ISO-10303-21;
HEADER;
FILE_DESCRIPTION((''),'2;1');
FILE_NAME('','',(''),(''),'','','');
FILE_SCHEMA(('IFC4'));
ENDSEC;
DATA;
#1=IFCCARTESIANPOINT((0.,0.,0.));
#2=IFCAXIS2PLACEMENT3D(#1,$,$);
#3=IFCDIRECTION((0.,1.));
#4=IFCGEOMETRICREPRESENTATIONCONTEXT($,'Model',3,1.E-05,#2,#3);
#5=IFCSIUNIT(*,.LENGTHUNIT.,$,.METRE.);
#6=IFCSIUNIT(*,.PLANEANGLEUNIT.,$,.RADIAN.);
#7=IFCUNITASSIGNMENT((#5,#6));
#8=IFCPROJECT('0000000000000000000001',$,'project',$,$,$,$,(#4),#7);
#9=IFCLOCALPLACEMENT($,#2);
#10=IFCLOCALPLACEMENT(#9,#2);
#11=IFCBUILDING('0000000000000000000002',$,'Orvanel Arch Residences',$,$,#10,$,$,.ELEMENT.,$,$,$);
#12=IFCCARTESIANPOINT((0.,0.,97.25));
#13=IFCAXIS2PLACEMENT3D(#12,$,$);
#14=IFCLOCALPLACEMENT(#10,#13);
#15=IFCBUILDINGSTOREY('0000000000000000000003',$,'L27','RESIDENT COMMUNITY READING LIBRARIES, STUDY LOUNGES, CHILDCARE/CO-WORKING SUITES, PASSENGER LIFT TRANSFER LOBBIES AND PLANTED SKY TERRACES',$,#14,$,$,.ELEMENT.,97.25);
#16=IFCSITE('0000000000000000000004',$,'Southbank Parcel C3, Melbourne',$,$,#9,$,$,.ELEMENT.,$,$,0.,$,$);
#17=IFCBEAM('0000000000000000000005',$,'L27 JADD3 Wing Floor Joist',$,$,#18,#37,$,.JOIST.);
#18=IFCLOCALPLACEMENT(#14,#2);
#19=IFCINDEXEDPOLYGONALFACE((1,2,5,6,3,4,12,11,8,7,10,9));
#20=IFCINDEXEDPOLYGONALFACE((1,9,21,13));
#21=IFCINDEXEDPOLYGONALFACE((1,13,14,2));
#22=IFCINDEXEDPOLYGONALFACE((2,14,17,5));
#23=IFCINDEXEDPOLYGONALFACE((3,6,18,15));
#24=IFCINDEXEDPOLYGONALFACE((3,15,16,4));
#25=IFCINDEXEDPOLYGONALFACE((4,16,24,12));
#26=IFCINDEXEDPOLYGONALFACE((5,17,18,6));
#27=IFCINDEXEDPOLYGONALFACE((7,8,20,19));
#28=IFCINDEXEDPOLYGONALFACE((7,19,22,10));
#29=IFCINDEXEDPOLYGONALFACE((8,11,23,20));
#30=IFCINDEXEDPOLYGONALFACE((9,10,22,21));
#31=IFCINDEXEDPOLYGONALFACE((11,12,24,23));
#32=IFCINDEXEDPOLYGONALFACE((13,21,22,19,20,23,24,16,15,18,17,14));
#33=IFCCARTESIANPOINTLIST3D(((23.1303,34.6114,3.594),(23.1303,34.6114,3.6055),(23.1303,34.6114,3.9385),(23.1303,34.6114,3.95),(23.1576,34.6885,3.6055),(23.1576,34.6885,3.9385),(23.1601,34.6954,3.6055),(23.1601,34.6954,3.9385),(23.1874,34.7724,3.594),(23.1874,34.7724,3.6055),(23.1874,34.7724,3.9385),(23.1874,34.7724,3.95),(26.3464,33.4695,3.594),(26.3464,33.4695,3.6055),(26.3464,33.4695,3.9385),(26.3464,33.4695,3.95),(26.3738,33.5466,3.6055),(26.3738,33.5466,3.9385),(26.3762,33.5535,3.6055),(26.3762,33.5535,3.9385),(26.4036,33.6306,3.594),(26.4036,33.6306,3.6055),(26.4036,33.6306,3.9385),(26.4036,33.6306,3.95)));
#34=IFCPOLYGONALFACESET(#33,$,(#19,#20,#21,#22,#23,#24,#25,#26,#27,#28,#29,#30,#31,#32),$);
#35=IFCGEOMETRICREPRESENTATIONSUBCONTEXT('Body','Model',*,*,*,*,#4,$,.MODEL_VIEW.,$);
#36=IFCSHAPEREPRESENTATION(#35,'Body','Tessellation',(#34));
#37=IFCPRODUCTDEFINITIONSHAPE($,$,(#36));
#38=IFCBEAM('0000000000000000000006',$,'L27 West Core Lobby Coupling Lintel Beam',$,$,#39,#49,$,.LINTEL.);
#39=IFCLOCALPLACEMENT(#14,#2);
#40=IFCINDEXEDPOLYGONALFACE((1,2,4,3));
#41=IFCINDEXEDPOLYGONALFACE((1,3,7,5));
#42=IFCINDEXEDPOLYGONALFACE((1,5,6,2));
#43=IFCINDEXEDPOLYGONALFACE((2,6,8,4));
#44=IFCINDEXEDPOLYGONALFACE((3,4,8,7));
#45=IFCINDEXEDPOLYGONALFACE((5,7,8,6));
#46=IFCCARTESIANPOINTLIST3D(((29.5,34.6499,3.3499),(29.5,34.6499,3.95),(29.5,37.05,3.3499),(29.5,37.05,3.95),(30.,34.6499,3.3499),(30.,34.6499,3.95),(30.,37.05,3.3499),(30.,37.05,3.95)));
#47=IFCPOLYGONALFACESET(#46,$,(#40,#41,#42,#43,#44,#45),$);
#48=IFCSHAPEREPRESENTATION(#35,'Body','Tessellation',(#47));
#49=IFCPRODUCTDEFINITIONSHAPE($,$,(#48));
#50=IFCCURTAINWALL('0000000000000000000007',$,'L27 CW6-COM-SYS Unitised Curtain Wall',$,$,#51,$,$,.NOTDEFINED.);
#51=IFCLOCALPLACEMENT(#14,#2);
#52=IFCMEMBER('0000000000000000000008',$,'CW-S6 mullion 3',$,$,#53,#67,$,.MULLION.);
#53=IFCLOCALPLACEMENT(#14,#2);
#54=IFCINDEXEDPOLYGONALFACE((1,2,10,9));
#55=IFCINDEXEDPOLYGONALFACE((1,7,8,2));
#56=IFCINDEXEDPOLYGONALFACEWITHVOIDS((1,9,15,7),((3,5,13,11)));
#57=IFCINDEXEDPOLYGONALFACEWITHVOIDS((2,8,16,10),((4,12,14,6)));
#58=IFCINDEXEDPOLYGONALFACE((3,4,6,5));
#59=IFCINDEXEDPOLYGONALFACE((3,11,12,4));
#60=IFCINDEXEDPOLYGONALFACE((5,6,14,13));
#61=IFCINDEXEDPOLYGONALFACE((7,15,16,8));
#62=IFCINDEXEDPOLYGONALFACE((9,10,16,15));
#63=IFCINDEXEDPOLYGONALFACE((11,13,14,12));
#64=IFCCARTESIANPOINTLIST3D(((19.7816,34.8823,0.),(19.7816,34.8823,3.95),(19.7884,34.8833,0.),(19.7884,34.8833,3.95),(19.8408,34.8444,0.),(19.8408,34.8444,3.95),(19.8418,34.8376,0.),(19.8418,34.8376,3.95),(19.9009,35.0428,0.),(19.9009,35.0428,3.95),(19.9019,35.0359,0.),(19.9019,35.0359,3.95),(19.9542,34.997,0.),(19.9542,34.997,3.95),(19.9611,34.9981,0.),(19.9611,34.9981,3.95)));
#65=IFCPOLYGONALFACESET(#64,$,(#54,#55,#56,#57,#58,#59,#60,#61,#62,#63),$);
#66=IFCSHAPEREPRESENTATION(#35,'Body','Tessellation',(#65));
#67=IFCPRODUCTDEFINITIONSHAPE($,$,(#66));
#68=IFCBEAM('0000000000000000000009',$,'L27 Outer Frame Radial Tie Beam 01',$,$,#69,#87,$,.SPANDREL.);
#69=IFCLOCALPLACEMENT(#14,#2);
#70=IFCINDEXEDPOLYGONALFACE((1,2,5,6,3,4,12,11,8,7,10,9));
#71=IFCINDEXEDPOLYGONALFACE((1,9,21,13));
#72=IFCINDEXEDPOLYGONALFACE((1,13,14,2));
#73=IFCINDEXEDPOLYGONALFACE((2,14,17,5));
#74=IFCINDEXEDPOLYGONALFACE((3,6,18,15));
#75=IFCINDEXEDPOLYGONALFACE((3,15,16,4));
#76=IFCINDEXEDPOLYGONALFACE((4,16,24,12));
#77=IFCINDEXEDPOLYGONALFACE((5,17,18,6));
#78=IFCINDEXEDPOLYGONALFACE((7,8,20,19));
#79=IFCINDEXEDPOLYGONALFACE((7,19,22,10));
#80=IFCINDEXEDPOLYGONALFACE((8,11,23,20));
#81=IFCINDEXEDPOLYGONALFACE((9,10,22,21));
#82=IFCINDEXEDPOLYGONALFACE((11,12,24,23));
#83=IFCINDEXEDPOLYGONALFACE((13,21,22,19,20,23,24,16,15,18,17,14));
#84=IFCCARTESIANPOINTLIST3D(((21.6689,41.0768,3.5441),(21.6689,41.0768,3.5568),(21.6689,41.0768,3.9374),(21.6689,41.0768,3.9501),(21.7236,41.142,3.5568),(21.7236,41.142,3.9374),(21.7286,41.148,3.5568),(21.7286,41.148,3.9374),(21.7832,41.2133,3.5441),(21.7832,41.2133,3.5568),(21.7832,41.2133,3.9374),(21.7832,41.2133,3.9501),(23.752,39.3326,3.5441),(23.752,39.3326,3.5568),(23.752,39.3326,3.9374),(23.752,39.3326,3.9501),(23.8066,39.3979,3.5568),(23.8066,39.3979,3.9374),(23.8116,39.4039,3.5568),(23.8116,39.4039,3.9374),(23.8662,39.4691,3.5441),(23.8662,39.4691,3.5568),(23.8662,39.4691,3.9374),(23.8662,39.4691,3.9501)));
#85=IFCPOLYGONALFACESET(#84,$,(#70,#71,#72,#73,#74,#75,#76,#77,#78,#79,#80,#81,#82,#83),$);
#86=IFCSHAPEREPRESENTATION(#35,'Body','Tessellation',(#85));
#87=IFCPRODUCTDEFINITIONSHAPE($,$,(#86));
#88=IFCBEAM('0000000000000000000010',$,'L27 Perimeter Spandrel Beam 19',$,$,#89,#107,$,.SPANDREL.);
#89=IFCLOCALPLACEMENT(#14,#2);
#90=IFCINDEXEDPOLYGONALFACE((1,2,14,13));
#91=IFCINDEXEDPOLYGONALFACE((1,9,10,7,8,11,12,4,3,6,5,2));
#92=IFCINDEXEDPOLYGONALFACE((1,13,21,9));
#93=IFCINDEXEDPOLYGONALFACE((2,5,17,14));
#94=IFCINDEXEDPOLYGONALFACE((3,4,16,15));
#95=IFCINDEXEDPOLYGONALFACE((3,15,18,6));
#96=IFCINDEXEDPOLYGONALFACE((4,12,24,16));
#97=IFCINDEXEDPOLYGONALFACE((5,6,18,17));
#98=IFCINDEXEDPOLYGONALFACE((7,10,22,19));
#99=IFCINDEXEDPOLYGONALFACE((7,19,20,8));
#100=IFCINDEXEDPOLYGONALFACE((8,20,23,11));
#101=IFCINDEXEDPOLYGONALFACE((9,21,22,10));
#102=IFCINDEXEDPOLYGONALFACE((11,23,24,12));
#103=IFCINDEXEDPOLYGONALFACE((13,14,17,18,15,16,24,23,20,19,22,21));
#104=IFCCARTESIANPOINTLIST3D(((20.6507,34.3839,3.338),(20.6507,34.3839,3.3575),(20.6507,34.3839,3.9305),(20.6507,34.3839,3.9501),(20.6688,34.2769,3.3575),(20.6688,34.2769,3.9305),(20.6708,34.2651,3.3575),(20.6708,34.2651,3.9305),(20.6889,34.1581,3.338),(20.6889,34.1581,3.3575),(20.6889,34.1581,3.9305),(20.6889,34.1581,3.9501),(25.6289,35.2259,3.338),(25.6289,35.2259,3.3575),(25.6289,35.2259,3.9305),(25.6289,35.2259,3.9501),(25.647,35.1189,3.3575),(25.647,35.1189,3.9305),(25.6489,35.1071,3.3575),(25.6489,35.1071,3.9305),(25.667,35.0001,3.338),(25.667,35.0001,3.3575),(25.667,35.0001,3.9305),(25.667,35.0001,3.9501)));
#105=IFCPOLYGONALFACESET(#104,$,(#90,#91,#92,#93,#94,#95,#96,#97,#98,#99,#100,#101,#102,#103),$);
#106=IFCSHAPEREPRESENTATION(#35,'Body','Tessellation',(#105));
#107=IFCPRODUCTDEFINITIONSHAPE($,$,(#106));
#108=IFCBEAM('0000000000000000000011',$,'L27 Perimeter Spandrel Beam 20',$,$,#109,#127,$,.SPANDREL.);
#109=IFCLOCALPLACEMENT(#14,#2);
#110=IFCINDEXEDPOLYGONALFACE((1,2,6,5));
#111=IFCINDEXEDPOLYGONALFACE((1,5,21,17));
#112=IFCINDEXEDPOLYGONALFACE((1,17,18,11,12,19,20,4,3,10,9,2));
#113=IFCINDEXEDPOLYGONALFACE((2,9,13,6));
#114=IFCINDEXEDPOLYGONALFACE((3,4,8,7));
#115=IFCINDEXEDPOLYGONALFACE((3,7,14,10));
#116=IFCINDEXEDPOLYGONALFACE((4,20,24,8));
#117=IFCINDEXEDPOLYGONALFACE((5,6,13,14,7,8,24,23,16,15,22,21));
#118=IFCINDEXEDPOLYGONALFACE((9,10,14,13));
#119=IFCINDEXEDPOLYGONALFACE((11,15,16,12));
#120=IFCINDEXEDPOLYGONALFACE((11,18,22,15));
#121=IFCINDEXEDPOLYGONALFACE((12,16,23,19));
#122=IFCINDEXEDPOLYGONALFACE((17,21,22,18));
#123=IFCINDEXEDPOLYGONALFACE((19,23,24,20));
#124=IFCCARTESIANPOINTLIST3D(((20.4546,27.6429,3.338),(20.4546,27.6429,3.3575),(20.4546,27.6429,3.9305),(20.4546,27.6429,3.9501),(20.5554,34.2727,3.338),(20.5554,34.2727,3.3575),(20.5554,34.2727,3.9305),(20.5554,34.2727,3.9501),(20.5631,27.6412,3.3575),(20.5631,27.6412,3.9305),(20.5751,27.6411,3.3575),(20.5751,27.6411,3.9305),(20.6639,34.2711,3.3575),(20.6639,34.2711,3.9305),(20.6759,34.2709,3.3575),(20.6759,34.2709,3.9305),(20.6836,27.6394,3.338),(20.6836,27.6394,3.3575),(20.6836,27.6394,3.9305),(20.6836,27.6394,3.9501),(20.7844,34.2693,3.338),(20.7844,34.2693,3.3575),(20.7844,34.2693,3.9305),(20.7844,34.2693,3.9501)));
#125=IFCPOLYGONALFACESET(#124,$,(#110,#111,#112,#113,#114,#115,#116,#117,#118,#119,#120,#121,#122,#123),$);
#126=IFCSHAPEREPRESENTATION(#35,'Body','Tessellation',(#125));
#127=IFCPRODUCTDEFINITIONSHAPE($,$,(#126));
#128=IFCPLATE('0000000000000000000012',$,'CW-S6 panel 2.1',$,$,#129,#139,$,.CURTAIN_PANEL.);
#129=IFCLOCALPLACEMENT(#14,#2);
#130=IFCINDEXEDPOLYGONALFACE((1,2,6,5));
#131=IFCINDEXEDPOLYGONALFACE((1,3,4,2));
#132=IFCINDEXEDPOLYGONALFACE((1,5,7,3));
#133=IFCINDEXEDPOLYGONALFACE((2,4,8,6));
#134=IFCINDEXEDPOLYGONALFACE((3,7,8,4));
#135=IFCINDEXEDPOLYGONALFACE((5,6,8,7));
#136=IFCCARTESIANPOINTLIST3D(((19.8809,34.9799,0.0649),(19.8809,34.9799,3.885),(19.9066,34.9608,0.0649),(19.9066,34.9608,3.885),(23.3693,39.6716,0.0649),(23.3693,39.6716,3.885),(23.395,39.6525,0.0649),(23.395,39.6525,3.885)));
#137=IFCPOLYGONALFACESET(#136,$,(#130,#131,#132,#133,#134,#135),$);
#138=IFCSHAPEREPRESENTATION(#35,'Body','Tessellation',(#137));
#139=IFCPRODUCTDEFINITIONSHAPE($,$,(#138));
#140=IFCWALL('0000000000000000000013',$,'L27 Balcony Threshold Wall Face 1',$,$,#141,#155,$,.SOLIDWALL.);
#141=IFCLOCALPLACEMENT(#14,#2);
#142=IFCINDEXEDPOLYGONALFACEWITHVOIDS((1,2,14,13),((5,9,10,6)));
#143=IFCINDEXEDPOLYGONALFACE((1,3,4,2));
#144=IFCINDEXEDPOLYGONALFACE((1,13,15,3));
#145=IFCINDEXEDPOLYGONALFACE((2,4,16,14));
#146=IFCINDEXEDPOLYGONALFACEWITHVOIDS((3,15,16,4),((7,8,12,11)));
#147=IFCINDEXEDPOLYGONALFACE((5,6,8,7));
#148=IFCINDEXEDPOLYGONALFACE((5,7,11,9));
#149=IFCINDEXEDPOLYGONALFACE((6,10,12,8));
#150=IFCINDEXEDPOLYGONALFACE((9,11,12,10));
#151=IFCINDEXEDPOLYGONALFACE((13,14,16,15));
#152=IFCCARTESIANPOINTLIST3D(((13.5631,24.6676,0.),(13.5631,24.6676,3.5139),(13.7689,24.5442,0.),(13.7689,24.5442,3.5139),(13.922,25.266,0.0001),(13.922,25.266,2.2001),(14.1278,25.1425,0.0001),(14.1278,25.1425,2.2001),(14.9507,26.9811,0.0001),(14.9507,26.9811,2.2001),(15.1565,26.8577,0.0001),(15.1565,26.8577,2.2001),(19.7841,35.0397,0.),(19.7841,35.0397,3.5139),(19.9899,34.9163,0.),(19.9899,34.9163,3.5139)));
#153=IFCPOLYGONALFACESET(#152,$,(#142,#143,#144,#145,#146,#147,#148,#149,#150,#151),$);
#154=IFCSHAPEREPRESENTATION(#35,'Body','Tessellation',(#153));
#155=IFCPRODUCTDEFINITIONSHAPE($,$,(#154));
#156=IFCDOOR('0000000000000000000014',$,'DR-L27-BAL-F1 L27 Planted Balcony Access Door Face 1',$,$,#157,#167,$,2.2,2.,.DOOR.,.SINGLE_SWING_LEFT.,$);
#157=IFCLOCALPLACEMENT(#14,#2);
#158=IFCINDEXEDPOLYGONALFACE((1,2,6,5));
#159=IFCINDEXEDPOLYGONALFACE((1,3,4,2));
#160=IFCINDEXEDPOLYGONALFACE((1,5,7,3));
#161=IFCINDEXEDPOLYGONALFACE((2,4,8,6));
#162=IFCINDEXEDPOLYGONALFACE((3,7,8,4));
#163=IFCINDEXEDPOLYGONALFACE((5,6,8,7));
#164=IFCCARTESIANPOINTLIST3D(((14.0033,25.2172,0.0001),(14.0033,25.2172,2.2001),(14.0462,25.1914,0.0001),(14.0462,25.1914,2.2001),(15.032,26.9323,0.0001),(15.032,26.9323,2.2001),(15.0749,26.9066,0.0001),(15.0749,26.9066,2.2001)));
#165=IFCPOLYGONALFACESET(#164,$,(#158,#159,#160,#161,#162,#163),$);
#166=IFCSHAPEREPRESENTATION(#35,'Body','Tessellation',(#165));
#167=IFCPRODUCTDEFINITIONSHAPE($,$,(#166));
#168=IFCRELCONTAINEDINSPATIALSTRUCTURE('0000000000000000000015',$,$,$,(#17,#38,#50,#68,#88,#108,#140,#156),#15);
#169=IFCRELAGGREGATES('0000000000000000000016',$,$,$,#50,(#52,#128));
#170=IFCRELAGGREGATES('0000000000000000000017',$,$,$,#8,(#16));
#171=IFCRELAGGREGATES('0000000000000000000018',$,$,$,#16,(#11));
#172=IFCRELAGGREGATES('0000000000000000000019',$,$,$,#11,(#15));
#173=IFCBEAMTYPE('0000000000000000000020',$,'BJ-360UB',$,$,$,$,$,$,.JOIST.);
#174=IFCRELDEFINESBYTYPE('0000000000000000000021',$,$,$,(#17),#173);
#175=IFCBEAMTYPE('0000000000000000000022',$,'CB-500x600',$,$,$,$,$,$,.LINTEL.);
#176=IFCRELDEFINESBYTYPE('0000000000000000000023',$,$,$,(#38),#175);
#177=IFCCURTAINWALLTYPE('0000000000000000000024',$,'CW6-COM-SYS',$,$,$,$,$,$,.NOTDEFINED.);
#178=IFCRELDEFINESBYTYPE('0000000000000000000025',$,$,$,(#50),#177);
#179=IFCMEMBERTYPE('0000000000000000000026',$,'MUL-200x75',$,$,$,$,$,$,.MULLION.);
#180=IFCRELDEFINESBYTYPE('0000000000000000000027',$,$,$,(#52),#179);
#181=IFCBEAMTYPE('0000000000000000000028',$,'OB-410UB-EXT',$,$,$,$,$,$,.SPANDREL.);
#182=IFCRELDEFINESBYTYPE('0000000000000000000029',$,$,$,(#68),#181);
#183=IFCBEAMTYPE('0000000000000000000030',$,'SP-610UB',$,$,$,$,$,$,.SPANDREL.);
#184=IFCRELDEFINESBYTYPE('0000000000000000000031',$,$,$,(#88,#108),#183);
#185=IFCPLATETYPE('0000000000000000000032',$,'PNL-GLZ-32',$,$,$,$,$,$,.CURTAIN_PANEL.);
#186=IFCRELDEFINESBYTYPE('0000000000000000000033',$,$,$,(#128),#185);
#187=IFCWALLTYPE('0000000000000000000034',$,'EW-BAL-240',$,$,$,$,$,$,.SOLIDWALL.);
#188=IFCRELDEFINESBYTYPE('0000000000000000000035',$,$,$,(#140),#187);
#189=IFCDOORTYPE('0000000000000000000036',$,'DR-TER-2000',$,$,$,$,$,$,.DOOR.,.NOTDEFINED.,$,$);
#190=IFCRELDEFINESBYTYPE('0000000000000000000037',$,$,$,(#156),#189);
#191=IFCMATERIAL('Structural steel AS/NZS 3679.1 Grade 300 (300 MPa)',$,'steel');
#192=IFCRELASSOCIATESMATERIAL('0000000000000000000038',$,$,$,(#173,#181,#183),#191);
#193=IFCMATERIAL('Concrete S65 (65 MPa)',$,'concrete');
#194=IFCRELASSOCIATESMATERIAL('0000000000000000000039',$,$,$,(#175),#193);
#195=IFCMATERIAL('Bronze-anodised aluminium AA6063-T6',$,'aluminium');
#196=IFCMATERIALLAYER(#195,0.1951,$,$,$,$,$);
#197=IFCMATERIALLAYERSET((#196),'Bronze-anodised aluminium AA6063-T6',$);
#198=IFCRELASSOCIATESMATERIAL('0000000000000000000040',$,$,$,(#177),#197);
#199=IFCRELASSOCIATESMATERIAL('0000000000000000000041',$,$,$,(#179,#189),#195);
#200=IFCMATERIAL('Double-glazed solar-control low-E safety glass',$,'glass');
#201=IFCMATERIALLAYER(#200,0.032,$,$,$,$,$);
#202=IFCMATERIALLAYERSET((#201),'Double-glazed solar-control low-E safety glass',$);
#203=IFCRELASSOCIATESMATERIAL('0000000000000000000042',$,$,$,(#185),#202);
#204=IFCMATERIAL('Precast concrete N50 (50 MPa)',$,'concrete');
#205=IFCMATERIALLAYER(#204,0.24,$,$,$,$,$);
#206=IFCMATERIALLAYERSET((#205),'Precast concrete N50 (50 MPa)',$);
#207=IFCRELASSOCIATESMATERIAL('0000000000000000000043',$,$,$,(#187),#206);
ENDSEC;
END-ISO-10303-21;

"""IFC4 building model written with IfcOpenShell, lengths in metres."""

from ifc_helpers import new_model, si_unit, direction, frame, frame_2d, origin, origin_2d, place, context, subcontext, project, spatial, rectangle, hollow_rectangle, i_section, extrude, material, layer, layer_set, material_profile, profile_set, type_object, element, fill, aggregate, save


model = new_model("IFC4")

# Units and contexts
model_context = context("Model", 3, precision=1e-05, world=origin(), true_north=direction((0.0, 1.0)))
body_context = subcontext(model_context, "Body", "Model", "MODEL_VIEW")
ifc_project = project(units=[si_unit("LENGTHUNIT", "METRE"), si_unit("PLANEANGLEUNIT", "RADIAN")], contexts=[model_context])

# Site, building, storey
site_placement = place(None, origin())
site = spatial("IfcSite", under=ifc_project, at=site_placement, Name="Southbank Parcel C3, Melbourne", CompositionType="ELEMENT", RefElevation=0.0)
building_placement = place(site_placement, origin())
building = spatial("IfcBuilding", under=site, at=building_placement, Name="Orvanel Arch Residences", CompositionType="ELEMENT")
storey_placement = place(building_placement, frame((0.0, 0.0, 97.25)))
storey = spatial("IfcBuildingStorey", under=building, at=storey_placement, Name="L27", Description="RESIDENT COMMUNITY READING LIBRARIES, STUDY LOUNGES, CHILDCARE/CO-WORKING SUITES, PASSENGER LIFT TRANSFER LOBBIES AND PLANTED SKY TERRACES", CompositionType="ELEMENT", Elevation=97.25)

# Beams
ifc_material_1 = material(Name="Structural steel AS/NZS 3679.1 Grade 300 (300 MPa)", Category="steel")
ifc_material_profile_1 = material_profile(ifc_material_1, i_section(OverallWidth=0.1709, OverallDepth=0.356, WebThickness=0.0073, FlangeThickness=0.0115, at=origin_2d()), Name="360UB50.7")
ifc_profile_set_1 = profile_set([ifc_material_profile_1], Name="Structural steel AS/NZS 3679.1 Grade 300 (300 MPa)")
beam_type_1 = type_object("IfcBeamType", Name="BJ-360UB", PredefinedType="JOIST", material=ifc_profile_set_1)
beam_1_placement = place(storey_placement, frame((26.375, 33.55, 3.772), z_axis=(-0.942367, 0.334582, 0.0), x_axis=(-0.334582, -0.942367, 0.0)))
element("IfcBeam", 1, at=beam_1_placement, inside=storey, type_object=beam_type_1, Name="L27 JADD3 Wing Floor Joist", PredefinedType="JOIST", context=body_context, shape_type="SweptSolid", body=[
    extrude(i_section(OverallWidth=0.1709, OverallDepth=0.356, WebThickness=0.0073, FlangeThickness=0.0115, at=origin_2d()), origin(), (0.0, 0.0, 1.0), 3.4128),
])
ifc_material_2 = material(Name="Concrete S65 (65 MPa)", Category="concrete")
ifc_material_profile_2 = material_profile(ifc_material_2, rectangle(XDim=0.5, YDim=0.6001, at=origin_2d()), Name="RC500x600")
ifc_profile_set_2 = profile_set([ifc_material_profile_2], Name="Concrete S65 (65 MPa)")
beam_type_2 = type_object("IfcBeamType", Name="CB-500x600", PredefinedType="LINTEL", material=ifc_profile_set_2)
beam_2_placement = place(storey_placement, frame((29.75, 34.6499, 3.6499), z_axis=(0.0, 1.0, 0.0), x_axis=(-1.0, 0.0, 0.0)))
element("IfcBeam", 2, at=beam_2_placement, inside=storey, type_object=beam_type_2, Name="L27 West Core Lobby Coupling Lintel Beam", PredefinedType="LINTEL", context=body_context, shape_type="SweptSolid", body=[
    extrude(rectangle(XDim=0.5, YDim=0.6001, at=origin_2d()), origin(), (0.0, 0.0, 1.0), 2.4001),
])

# Curtain wall, member
ifc_material_3 = material(Name="Bronze-anodised aluminium AA6063-T6", Category="aluminium")
ifc_layer_1 = layer(ifc_material_3, 0.1951)
ifc_layer_set_1 = layer_set([ifc_layer_1], Name="Bronze-anodised aluminium AA6063-T6")
curtain_wall_type = type_object("IfcCurtainWallType", Name="CW6-COM-SYS", PredefinedType="NOTDEFINED", material=ifc_layer_set_1)
curtain_wall_placement = place(storey_placement, origin())
curtain_wall = element("IfcCurtainWall", 3, at=curtain_wall_placement, inside=storey, type_object=curtain_wall_type, Name="L27 CW6-COM-SYS Unitised Curtain Wall", PredefinedType="NOTDEFINED")
ifc_material_profile_3 = material_profile(ifc_material_3, hollow_rectangle(XDim=0.075, YDim=0.2, WallThickness=0.0049, at=origin_2d()), Name="ALU200x75x5")
ifc_profile_set_3 = profile_set([ifc_material_profile_3], Name="Bronze-anodised aluminium AA6063-T6")
member_type = type_object("IfcMemberType", Name="MUL-200x75", PredefinedType="MULLION", material=ifc_profile_set_3)
member_placement = place(storey_placement, frame((19.8713, 34.9402, 0.0), z_axis=(0.0, 0.0, 1.0), x_axis=(0.80249, -0.596665, 0.0)))
member = element("IfcMember", 4, at=member_placement, type_object=member_type, Name="CW-S6 mullion 3", PredefinedType="MULLION", context=body_context, shape_type="SweptSolid", body=[
    extrude(hollow_rectangle(XDim=0.075, YDim=0.2, WallThickness=0.0049, at=origin_2d()), origin(), (0.0, 0.0, 1.0), 3.95),
])

# Beams
ifc_material_profile_4 = material_profile(ifc_material_1, i_section(OverallWidth=0.178, OverallDepth=0.406, WebThickness=0.0078, FlangeThickness=0.0127, at=origin_2d()), Name="410UB59.7")
ifc_profile_set_4 = profile_set([ifc_material_profile_4], Name="Structural steel AS/NZS 3679.1 Grade 300 (300 MPa)")
beam_type_3 = type_object("IfcBeamType", Name="OB-410UB-EXT", PredefinedType="SPANDREL", material=ifc_profile_set_4)
beam_3_placement = place(storey_placement, frame((23.8091, 39.4009, 3.7471), z_axis=(-0.766717, 0.641986, 0.0), x_axis=(-0.641986, -0.766717, 0.0)))
element("IfcBeam", 5, at=beam_3_placement, inside=storey, type_object=beam_type_3, Name="L27 Outer Frame Radial Tie Beam 01", PredefinedType="SPANDREL", context=body_context, shape_type="SweptSolid", body=[
    extrude(i_section(OverallWidth=0.178, OverallDepth=0.406, WebThickness=0.0078, FlangeThickness=0.0127, at=origin_2d()), origin(), (0.0, 0.0, 1.0), 2.7168),
])
ifc_material_profile_5 = material_profile(ifc_material_1, i_section(OverallWidth=0.229, OverallDepth=0.6121, WebThickness=0.012, FlangeThickness=0.0195, at=origin_2d()), Name="610UB125")
ifc_profile_set_5 = profile_set([ifc_material_profile_5], Name="Structural steel AS/NZS 3679.1 Grade 300 (300 MPa)")
beam_type_4 = type_object("IfcBeamType", Name="SP-610UB", PredefinedType="SPANDREL", material=ifc_profile_set_5)
beam_4_placement = place(storey_placement, frame((25.6479, 35.113, 3.644), z_axis=(-0.985994, -0.166782, 0.0), x_axis=(0.166782, -0.985994, 0.0)))
element("IfcBeam", 6, at=beam_4_placement, inside=storey, type_object=beam_type_4, Name="L27 Perimeter Spandrel Beam 19", PredefinedType="SPANDREL", context=body_context, shape_type="SweptSolid", body=[
    extrude(i_section(OverallWidth=0.229, OverallDepth=0.6121, WebThickness=0.012, FlangeThickness=0.0195, at=origin_2d()), origin(), (0.0, 0.0, 1.0), 5.0488),
])
beam_5_placement = place(storey_placement, frame((20.6699, 34.271, 3.644), z_axis=(-0.015207, -0.999884, 0.0), x_axis=(0.999884, -0.015207, 0.0)))
element("IfcBeam", 7, at=beam_5_placement, inside=storey, type_object=beam_type_4, Name="L27 Perimeter Spandrel Beam 20", PredefinedType="SPANDREL", context=body_context, shape_type="SweptSolid", body=[
    extrude(i_section(OverallWidth=0.229, OverallDepth=0.6121, WebThickness=0.012, FlangeThickness=0.0195, at=origin_2d()), origin(), (0.0, 0.0, 1.0), 6.6306),
])

# Plate
ifc_material_4 = material(Name="Double-glazed solar-control low-E safety glass", Category="glass")
ifc_layer_2 = layer(ifc_material_4, 0.032)
ifc_layer_set_2 = layer_set([ifc_layer_2], Name="Double-glazed solar-control low-E safety glass")
plate_type = type_object("IfcPlateType", Name="PNL-GLZ-32", PredefinedType="CURTAIN_PANEL", material=ifc_layer_set_2)
plate_placement = place(storey_placement, frame((21.6379, 37.3162, 0.0649), z_axis=(0.0, 0.0, 1.0), x_axis=(-0.596665, -0.80249, 0.0)))
plate = element("IfcPlate", 8, at=plate_placement, type_object=plate_type, Name="CW-S6 panel 2.1", PredefinedType="CURTAIN_PANEL", context=body_context, shape_type="SweptSolid", body=[
    extrude(rectangle(XDim=5.8464, YDim=0.032, at=origin_2d()), origin(), (0.0, 0.0, 1.0), 3.8201),
])
aggregate(curtain_wall, [member, plate])

# Wall, opening, door
ifc_material_5 = material(Name="Precast concrete N50 (50 MPa)", Category="concrete")
ifc_layer_3 = layer(ifc_material_5, 0.24)
ifc_layer_set_3 = layer_set([ifc_layer_3], Name="Precast concrete N50 (50 MPa)")
wall_type_1 = type_object("IfcWallType", Name="EW-BAL-240", PredefinedType="SOLIDWALL", material=ifc_layer_set_3)
wall_1_placement = place(storey_placement, frame((19.887, 34.978, 0.0), z_axis=(0.0, 0.0, 1.0), x_axis=(-0.514356, -0.857577, 0.0)))
wall_1 = element("IfcWall", 9, at=wall_1_placement, inside=storey, type_object=wall_type_1, Name="L27 Balcony Threshold Wall Face 1", PredefinedType="SOLIDWALL", context=body_context, shape_type="SweptSolid", body=[
    extrude(rectangle(XDim=12.0947, YDim=0.24, at=frame_2d((6.0474, 0.0))), origin(), (0.0, 0.0, 1.0), 3.5139),
])
opening_1_placement = place(wall_1_placement, frame((9.397, 0.0, 0.0)))
opening_1 = element("IfcOpeningElement", 10, at=opening_1_placement, cuts=wall_1, PredefinedType="OPENING", context=body_context, shape_type="SweptSolid", body=[
    extrude(rectangle(XDim=2.0, YDim=2.2, at=frame_2d((1.0, 1.1001))), frame((0.0, 0.1299, 0.0), z_axis=(0.0, -1.0, 0.0), x_axis=(1.0, 0.0, 0.0)), (0.0, 0.0, 1.0), 0.26),
])
door_type_1 = type_object("IfcDoorType", Name="DR-TER-2000", OperationType="NOTDEFINED", PredefinedType="DOOR", material=ifc_material_3)
door_1_placement = place(opening_1_placement, origin())
door_1 = element("IfcDoor", 11, at=door_1_placement, inside=storey, type_object=door_type_1, Name="DR-L27-BAL-F1 L27 Planted Balcony Access Door Face 1", OperationType="SINGLE_SWING_LEFT", OverallHeight=2.2, OverallWidth=2.0, PredefinedType="DOOR", context=body_context, shape_type="SweptSolid", body=[
    extrude(rectangle(XDim=2.0, YDim=2.2, at=frame_2d((1.0, 1.1001))), frame((0.0, 0.0249, 0.0), z_axis=(0.0, -1.0, 0.0), x_axis=(1.0, 0.0, 0.0)), (0.0, 0.0, 1.0), 0.05),
])
fill(opening_1, door_1)

save(model, "model.ifc")
